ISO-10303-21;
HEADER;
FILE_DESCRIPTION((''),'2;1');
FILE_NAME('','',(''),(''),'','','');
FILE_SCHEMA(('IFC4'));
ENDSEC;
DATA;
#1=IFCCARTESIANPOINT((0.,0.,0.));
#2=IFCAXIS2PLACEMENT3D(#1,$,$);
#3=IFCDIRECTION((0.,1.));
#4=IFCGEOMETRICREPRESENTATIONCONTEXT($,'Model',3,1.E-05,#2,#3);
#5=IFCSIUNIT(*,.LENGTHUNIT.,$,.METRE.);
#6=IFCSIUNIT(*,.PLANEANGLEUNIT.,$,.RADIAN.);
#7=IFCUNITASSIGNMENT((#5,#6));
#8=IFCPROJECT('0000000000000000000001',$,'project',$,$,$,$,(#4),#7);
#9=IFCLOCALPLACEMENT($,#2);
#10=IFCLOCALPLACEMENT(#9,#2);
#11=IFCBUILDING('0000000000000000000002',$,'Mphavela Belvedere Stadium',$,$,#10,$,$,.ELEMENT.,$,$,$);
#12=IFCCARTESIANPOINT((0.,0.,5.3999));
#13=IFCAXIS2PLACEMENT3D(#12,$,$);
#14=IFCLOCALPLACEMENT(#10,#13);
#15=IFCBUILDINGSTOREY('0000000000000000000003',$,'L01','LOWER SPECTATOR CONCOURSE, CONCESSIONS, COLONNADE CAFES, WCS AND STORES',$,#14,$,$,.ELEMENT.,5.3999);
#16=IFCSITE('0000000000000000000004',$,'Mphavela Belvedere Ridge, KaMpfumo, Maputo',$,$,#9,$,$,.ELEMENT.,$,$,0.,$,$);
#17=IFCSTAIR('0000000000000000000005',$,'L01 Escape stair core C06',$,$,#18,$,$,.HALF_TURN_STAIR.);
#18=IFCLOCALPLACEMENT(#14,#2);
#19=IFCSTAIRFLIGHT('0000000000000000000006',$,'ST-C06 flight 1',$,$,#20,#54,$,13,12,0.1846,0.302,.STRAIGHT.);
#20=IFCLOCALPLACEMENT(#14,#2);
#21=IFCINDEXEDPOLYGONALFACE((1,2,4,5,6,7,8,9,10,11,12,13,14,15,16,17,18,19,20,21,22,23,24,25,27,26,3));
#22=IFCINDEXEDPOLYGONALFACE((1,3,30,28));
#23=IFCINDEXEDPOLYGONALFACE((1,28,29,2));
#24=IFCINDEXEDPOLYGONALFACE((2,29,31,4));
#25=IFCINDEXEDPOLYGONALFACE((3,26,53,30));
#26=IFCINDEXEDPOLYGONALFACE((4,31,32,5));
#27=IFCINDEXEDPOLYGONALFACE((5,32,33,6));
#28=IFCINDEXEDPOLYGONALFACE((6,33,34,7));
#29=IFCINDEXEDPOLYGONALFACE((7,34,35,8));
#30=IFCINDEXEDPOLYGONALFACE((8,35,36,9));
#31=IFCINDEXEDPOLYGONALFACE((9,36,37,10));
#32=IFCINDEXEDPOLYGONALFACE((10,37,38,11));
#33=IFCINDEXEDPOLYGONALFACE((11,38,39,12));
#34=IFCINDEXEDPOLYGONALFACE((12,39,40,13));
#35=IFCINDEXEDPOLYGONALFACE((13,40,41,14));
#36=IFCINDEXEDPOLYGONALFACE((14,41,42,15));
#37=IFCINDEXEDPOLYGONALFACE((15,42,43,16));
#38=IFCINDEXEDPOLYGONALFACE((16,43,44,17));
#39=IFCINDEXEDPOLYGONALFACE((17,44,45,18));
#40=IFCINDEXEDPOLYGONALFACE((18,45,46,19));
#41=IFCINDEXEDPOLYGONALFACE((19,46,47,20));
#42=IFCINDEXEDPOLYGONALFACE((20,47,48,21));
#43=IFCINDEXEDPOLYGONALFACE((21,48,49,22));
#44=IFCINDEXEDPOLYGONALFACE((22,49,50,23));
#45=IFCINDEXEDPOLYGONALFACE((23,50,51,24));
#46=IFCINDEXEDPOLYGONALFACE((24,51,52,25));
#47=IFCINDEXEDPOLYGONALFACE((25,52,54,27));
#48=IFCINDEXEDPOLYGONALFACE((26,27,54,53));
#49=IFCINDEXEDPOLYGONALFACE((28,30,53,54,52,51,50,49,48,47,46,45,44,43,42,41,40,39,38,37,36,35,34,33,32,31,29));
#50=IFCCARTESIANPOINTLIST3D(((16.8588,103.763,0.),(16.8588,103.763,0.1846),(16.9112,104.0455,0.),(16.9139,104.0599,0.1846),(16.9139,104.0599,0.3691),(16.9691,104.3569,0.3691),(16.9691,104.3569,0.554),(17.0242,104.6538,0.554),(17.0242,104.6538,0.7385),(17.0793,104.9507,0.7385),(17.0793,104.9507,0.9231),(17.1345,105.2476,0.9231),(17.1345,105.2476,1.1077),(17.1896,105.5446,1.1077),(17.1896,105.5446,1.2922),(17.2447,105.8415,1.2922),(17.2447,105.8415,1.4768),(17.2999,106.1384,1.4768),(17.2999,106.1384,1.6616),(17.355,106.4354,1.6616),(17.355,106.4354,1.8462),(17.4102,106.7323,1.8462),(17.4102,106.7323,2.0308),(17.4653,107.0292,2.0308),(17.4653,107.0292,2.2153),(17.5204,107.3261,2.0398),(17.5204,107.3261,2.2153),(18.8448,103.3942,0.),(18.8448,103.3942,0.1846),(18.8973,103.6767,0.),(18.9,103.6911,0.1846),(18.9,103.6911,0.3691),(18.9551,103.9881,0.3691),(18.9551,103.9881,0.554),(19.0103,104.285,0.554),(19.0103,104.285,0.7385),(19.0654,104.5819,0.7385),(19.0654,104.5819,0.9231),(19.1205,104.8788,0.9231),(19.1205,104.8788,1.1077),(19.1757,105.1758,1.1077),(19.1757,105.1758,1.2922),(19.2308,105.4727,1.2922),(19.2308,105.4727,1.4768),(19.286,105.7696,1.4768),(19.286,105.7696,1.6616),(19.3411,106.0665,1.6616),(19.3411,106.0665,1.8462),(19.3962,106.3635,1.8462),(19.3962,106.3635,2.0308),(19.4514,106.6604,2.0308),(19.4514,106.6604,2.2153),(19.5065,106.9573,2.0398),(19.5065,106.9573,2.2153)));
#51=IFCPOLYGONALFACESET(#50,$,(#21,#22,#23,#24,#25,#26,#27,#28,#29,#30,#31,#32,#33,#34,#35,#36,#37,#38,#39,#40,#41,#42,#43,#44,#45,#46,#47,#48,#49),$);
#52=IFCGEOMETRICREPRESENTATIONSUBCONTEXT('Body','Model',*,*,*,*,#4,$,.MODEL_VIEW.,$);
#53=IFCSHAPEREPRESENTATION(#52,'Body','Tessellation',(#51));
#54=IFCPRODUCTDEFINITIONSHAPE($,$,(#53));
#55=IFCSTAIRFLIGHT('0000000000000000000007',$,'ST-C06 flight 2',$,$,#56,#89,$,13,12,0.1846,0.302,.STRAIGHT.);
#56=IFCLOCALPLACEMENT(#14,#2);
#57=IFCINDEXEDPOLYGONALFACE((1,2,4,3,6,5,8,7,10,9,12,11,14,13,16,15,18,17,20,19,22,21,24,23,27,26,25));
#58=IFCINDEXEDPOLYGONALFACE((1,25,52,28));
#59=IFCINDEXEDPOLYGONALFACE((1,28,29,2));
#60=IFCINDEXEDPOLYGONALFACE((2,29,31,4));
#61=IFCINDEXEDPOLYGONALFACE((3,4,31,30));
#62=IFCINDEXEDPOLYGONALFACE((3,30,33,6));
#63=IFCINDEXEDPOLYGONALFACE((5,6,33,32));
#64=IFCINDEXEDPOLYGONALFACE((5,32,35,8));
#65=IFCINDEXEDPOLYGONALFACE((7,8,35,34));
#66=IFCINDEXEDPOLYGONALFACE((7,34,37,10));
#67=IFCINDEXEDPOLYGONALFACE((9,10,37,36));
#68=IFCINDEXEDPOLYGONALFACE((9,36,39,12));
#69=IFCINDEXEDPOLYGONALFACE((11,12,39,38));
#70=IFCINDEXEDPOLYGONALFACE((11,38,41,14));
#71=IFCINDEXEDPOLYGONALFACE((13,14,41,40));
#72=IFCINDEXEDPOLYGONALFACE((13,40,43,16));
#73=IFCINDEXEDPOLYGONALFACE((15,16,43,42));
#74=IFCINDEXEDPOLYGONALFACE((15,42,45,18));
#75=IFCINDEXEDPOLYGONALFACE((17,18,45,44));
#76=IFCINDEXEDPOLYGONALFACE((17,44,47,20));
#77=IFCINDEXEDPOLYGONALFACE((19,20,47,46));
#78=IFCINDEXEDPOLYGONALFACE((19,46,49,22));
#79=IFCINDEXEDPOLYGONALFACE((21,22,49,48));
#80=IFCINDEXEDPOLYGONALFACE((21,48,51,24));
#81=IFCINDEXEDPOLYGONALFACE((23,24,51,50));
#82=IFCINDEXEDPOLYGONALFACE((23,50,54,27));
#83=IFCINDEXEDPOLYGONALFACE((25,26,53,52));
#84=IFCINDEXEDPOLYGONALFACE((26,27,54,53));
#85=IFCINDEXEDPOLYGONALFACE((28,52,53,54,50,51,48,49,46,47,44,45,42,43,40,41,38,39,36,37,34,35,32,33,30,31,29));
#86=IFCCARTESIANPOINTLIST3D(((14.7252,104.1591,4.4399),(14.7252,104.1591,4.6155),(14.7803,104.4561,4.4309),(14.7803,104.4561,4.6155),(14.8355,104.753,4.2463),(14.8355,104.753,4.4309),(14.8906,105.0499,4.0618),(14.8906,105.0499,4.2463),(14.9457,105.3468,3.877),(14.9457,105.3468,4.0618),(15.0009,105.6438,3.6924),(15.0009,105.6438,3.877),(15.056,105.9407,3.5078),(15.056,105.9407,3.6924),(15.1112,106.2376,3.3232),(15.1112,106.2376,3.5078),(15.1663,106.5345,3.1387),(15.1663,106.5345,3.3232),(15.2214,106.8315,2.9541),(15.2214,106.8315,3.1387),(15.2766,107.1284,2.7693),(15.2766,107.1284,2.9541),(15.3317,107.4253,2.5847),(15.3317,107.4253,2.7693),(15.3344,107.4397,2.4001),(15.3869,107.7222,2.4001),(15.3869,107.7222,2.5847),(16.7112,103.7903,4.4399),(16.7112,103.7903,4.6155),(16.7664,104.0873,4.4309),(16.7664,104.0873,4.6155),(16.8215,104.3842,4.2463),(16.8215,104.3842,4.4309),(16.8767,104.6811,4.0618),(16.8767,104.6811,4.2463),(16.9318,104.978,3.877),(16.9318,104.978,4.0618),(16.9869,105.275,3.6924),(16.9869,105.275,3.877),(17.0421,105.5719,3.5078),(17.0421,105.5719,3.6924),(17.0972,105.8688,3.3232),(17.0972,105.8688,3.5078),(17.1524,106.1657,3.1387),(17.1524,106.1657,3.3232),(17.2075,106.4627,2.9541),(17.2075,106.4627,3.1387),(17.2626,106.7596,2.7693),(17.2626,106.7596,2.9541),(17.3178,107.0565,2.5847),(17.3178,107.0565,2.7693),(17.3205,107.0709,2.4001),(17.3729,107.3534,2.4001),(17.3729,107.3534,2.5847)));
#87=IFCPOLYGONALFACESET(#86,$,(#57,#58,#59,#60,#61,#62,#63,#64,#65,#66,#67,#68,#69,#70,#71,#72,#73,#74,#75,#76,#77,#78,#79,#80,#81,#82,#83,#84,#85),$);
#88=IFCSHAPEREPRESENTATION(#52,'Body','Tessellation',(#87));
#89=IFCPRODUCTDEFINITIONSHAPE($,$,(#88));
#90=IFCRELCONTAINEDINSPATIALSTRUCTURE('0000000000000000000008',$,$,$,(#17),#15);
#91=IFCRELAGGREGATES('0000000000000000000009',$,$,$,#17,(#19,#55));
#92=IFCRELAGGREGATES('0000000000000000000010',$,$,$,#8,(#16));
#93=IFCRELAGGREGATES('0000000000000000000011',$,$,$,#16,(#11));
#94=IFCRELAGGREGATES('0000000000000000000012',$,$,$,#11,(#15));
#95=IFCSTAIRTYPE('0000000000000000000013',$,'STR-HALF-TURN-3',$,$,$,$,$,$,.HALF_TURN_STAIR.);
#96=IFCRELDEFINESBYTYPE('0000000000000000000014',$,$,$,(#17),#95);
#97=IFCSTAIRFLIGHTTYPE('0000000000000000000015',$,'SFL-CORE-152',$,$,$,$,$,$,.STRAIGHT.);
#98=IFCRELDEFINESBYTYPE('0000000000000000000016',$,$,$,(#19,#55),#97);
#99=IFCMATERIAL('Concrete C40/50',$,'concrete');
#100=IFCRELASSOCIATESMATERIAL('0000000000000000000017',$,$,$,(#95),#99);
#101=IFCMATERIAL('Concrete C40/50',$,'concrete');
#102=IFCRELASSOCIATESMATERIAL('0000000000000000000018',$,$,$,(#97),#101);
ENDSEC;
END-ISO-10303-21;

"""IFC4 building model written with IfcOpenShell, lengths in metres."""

from ifc_helpers import new_model, si_unit, direction, frame, origin, place, context, subcontext, project, spatial, polyline, outline, extrude, material, type_object, element, aggregate, save


model = new_model("IFC4")

# Units and contexts
model_context = context("Model", 3, precision=1e-05, world=origin(), true_north=direction((0.0, 1.0)))
body_context = subcontext(model_context, "Body", "Model", "MODEL_VIEW")
ifc_project = project(units=[si_unit("LENGTHUNIT", "METRE"), si_unit("PLANEANGLEUNIT", "RADIAN")], contexts=[model_context])

# Site, building, storey
site_placement = place(None, origin())
site = spatial("IfcSite", under=ifc_project, at=site_placement, Name="Mphavela Belvedere Ridge, KaMpfumo, Maputo", CompositionType="ELEMENT", RefElevation=0.0)
building_placement = place(site_placement, origin())
building = spatial("IfcBuilding", under=site, at=building_placement, Name="Mphavela Belvedere Stadium", CompositionType="ELEMENT")
storey_placement = place(building_placement, frame((0.0, 0.0, 5.3999)))
storey = spatial("IfcBuildingStorey", under=building, at=storey_placement, Name="L01", Description="LOWER SPECTATOR CONCOURSE, CONCESSIONS, COLONNADE CAFES, WCS AND STORES", CompositionType="ELEMENT", Elevation=5.3999)

# Stair, stair flights
ifc_material_1 = material(Name="Concrete C40/50", Category="concrete")
stair_type = type_object("IfcStairType", Name="STR-HALF-TURN-3", PredefinedType="HALF_TURN_STAIR", material=ifc_material_1)
stair_placement = place(storey_placement, origin())
stair = element("IfcStair", 1, at=stair_placement, inside=storey, type_object=stair_type, Name="L01 Escape stair core C06", PredefinedType="HALF_TURN_STAIR")
ifc_material_2 = material(Name="Concrete C40/50", Category="concrete")
stair_flight_type = type_object("IfcStairFlightType", Name="SFL-CORE-152", PredefinedType="STRAIGHT", material=ifc_material_2)
stair_flight_1_placement = place(storey_placement, frame((17.8518, 103.5786, 0.0), z_axis=(0.0, 0.0, 1.0), x_axis=(0.182579, 0.983191, 0.0)))
stair_flight_1 = element("IfcStairFlight", 2, at=stair_flight_1_placement, type_object=stair_flight_type, Name="ST-C06 flight 1", NumberOfRisers=13, NumberOfTreads=12, PredefinedType="STRAIGHT", RiserHeight=0.1846, TreadLength=0.302, context=body_context, shape_type="SweptSolid", body=[
    extrude(outline(polyline([(0.0, 0.0), (0.0, 0.1846), (0.302, 0.1846), (0.302, 0.3691), (0.604, 0.3691), (0.604, 0.554), (0.906, 0.554), (0.906, 0.7385), (1.208, 0.7385), (1.208, 0.9231), (1.51, 0.9231), (1.51, 1.1077), (1.812, 1.1077), (1.812, 1.2922), (2.114, 1.2922), (2.114, 1.4768), (2.416, 1.4768), (2.416, 1.6616), (2.718, 1.6616), (2.718, 1.8462), (3.02, 1.8462), (3.02, 2.0308), (3.322, 2.0308), (3.322, 2.2153), (3.624, 2.2153), (3.624, 2.3999), (3.624, 2.0398), (0.2874, 0.0), (0.0, 0.0)])), frame((0.0, 1.01, 0.0), z_axis=(0.0, -1.0, 0.0), x_axis=(1.0, 0.0, 0.0)), (0.0, 0.0, 1.0), 2.02),
])
stair_flight_2_placement = place(storey_placement, frame((16.3799, 107.5378, 2.4001), z_axis=(0.0, 0.0, 1.0), x_axis=(-0.182579, -0.983191, 0.0)))
stair_flight_2 = element("IfcStairFlight", 3, at=stair_flight_2_placement, type_object=stair_flight_type, Name="ST-C06 flight 2", NumberOfRisers=13, NumberOfTreads=12, PredefinedType="STRAIGHT", RiserHeight=0.1846, TreadLength=0.302, context=body_context, shape_type="SweptSolid", body=[
    extrude(outline(polyline([(0.0, 0.0), (0.0, 0.1846), (0.302, 0.1846), (0.302, 0.3691), (0.604, 0.3691), (0.604, 0.554), (0.906, 0.554), (0.906, 0.7385), (1.208, 0.7385), (1.208, 0.9231), (1.51, 0.9231), (1.51, 1.1077), (1.812, 1.1077), (1.812, 1.2922), (2.114, 1.2922), (2.114, 1.4768), (2.416, 1.4768), (2.416, 1.6616), (2.718, 1.6616), (2.718, 1.8462), (3.02, 1.8462), (3.02, 2.0308), (3.322, 2.0308), (3.322, 2.2153), (3.624, 2.2153), (3.624, 2.3999), (3.624, 2.0398), (0.2874, 0.0), (0.0, 0.0)])), frame((0.0, 1.01, 0.0), z_axis=(0.0, -1.0, 0.0), x_axis=(1.0, 0.0, 0.0)), (0.0, 0.0, 1.0), 2.02),
])
aggregate(stair, [stair_flight_1, stair_flight_2])

save(model, "model.ifc")
